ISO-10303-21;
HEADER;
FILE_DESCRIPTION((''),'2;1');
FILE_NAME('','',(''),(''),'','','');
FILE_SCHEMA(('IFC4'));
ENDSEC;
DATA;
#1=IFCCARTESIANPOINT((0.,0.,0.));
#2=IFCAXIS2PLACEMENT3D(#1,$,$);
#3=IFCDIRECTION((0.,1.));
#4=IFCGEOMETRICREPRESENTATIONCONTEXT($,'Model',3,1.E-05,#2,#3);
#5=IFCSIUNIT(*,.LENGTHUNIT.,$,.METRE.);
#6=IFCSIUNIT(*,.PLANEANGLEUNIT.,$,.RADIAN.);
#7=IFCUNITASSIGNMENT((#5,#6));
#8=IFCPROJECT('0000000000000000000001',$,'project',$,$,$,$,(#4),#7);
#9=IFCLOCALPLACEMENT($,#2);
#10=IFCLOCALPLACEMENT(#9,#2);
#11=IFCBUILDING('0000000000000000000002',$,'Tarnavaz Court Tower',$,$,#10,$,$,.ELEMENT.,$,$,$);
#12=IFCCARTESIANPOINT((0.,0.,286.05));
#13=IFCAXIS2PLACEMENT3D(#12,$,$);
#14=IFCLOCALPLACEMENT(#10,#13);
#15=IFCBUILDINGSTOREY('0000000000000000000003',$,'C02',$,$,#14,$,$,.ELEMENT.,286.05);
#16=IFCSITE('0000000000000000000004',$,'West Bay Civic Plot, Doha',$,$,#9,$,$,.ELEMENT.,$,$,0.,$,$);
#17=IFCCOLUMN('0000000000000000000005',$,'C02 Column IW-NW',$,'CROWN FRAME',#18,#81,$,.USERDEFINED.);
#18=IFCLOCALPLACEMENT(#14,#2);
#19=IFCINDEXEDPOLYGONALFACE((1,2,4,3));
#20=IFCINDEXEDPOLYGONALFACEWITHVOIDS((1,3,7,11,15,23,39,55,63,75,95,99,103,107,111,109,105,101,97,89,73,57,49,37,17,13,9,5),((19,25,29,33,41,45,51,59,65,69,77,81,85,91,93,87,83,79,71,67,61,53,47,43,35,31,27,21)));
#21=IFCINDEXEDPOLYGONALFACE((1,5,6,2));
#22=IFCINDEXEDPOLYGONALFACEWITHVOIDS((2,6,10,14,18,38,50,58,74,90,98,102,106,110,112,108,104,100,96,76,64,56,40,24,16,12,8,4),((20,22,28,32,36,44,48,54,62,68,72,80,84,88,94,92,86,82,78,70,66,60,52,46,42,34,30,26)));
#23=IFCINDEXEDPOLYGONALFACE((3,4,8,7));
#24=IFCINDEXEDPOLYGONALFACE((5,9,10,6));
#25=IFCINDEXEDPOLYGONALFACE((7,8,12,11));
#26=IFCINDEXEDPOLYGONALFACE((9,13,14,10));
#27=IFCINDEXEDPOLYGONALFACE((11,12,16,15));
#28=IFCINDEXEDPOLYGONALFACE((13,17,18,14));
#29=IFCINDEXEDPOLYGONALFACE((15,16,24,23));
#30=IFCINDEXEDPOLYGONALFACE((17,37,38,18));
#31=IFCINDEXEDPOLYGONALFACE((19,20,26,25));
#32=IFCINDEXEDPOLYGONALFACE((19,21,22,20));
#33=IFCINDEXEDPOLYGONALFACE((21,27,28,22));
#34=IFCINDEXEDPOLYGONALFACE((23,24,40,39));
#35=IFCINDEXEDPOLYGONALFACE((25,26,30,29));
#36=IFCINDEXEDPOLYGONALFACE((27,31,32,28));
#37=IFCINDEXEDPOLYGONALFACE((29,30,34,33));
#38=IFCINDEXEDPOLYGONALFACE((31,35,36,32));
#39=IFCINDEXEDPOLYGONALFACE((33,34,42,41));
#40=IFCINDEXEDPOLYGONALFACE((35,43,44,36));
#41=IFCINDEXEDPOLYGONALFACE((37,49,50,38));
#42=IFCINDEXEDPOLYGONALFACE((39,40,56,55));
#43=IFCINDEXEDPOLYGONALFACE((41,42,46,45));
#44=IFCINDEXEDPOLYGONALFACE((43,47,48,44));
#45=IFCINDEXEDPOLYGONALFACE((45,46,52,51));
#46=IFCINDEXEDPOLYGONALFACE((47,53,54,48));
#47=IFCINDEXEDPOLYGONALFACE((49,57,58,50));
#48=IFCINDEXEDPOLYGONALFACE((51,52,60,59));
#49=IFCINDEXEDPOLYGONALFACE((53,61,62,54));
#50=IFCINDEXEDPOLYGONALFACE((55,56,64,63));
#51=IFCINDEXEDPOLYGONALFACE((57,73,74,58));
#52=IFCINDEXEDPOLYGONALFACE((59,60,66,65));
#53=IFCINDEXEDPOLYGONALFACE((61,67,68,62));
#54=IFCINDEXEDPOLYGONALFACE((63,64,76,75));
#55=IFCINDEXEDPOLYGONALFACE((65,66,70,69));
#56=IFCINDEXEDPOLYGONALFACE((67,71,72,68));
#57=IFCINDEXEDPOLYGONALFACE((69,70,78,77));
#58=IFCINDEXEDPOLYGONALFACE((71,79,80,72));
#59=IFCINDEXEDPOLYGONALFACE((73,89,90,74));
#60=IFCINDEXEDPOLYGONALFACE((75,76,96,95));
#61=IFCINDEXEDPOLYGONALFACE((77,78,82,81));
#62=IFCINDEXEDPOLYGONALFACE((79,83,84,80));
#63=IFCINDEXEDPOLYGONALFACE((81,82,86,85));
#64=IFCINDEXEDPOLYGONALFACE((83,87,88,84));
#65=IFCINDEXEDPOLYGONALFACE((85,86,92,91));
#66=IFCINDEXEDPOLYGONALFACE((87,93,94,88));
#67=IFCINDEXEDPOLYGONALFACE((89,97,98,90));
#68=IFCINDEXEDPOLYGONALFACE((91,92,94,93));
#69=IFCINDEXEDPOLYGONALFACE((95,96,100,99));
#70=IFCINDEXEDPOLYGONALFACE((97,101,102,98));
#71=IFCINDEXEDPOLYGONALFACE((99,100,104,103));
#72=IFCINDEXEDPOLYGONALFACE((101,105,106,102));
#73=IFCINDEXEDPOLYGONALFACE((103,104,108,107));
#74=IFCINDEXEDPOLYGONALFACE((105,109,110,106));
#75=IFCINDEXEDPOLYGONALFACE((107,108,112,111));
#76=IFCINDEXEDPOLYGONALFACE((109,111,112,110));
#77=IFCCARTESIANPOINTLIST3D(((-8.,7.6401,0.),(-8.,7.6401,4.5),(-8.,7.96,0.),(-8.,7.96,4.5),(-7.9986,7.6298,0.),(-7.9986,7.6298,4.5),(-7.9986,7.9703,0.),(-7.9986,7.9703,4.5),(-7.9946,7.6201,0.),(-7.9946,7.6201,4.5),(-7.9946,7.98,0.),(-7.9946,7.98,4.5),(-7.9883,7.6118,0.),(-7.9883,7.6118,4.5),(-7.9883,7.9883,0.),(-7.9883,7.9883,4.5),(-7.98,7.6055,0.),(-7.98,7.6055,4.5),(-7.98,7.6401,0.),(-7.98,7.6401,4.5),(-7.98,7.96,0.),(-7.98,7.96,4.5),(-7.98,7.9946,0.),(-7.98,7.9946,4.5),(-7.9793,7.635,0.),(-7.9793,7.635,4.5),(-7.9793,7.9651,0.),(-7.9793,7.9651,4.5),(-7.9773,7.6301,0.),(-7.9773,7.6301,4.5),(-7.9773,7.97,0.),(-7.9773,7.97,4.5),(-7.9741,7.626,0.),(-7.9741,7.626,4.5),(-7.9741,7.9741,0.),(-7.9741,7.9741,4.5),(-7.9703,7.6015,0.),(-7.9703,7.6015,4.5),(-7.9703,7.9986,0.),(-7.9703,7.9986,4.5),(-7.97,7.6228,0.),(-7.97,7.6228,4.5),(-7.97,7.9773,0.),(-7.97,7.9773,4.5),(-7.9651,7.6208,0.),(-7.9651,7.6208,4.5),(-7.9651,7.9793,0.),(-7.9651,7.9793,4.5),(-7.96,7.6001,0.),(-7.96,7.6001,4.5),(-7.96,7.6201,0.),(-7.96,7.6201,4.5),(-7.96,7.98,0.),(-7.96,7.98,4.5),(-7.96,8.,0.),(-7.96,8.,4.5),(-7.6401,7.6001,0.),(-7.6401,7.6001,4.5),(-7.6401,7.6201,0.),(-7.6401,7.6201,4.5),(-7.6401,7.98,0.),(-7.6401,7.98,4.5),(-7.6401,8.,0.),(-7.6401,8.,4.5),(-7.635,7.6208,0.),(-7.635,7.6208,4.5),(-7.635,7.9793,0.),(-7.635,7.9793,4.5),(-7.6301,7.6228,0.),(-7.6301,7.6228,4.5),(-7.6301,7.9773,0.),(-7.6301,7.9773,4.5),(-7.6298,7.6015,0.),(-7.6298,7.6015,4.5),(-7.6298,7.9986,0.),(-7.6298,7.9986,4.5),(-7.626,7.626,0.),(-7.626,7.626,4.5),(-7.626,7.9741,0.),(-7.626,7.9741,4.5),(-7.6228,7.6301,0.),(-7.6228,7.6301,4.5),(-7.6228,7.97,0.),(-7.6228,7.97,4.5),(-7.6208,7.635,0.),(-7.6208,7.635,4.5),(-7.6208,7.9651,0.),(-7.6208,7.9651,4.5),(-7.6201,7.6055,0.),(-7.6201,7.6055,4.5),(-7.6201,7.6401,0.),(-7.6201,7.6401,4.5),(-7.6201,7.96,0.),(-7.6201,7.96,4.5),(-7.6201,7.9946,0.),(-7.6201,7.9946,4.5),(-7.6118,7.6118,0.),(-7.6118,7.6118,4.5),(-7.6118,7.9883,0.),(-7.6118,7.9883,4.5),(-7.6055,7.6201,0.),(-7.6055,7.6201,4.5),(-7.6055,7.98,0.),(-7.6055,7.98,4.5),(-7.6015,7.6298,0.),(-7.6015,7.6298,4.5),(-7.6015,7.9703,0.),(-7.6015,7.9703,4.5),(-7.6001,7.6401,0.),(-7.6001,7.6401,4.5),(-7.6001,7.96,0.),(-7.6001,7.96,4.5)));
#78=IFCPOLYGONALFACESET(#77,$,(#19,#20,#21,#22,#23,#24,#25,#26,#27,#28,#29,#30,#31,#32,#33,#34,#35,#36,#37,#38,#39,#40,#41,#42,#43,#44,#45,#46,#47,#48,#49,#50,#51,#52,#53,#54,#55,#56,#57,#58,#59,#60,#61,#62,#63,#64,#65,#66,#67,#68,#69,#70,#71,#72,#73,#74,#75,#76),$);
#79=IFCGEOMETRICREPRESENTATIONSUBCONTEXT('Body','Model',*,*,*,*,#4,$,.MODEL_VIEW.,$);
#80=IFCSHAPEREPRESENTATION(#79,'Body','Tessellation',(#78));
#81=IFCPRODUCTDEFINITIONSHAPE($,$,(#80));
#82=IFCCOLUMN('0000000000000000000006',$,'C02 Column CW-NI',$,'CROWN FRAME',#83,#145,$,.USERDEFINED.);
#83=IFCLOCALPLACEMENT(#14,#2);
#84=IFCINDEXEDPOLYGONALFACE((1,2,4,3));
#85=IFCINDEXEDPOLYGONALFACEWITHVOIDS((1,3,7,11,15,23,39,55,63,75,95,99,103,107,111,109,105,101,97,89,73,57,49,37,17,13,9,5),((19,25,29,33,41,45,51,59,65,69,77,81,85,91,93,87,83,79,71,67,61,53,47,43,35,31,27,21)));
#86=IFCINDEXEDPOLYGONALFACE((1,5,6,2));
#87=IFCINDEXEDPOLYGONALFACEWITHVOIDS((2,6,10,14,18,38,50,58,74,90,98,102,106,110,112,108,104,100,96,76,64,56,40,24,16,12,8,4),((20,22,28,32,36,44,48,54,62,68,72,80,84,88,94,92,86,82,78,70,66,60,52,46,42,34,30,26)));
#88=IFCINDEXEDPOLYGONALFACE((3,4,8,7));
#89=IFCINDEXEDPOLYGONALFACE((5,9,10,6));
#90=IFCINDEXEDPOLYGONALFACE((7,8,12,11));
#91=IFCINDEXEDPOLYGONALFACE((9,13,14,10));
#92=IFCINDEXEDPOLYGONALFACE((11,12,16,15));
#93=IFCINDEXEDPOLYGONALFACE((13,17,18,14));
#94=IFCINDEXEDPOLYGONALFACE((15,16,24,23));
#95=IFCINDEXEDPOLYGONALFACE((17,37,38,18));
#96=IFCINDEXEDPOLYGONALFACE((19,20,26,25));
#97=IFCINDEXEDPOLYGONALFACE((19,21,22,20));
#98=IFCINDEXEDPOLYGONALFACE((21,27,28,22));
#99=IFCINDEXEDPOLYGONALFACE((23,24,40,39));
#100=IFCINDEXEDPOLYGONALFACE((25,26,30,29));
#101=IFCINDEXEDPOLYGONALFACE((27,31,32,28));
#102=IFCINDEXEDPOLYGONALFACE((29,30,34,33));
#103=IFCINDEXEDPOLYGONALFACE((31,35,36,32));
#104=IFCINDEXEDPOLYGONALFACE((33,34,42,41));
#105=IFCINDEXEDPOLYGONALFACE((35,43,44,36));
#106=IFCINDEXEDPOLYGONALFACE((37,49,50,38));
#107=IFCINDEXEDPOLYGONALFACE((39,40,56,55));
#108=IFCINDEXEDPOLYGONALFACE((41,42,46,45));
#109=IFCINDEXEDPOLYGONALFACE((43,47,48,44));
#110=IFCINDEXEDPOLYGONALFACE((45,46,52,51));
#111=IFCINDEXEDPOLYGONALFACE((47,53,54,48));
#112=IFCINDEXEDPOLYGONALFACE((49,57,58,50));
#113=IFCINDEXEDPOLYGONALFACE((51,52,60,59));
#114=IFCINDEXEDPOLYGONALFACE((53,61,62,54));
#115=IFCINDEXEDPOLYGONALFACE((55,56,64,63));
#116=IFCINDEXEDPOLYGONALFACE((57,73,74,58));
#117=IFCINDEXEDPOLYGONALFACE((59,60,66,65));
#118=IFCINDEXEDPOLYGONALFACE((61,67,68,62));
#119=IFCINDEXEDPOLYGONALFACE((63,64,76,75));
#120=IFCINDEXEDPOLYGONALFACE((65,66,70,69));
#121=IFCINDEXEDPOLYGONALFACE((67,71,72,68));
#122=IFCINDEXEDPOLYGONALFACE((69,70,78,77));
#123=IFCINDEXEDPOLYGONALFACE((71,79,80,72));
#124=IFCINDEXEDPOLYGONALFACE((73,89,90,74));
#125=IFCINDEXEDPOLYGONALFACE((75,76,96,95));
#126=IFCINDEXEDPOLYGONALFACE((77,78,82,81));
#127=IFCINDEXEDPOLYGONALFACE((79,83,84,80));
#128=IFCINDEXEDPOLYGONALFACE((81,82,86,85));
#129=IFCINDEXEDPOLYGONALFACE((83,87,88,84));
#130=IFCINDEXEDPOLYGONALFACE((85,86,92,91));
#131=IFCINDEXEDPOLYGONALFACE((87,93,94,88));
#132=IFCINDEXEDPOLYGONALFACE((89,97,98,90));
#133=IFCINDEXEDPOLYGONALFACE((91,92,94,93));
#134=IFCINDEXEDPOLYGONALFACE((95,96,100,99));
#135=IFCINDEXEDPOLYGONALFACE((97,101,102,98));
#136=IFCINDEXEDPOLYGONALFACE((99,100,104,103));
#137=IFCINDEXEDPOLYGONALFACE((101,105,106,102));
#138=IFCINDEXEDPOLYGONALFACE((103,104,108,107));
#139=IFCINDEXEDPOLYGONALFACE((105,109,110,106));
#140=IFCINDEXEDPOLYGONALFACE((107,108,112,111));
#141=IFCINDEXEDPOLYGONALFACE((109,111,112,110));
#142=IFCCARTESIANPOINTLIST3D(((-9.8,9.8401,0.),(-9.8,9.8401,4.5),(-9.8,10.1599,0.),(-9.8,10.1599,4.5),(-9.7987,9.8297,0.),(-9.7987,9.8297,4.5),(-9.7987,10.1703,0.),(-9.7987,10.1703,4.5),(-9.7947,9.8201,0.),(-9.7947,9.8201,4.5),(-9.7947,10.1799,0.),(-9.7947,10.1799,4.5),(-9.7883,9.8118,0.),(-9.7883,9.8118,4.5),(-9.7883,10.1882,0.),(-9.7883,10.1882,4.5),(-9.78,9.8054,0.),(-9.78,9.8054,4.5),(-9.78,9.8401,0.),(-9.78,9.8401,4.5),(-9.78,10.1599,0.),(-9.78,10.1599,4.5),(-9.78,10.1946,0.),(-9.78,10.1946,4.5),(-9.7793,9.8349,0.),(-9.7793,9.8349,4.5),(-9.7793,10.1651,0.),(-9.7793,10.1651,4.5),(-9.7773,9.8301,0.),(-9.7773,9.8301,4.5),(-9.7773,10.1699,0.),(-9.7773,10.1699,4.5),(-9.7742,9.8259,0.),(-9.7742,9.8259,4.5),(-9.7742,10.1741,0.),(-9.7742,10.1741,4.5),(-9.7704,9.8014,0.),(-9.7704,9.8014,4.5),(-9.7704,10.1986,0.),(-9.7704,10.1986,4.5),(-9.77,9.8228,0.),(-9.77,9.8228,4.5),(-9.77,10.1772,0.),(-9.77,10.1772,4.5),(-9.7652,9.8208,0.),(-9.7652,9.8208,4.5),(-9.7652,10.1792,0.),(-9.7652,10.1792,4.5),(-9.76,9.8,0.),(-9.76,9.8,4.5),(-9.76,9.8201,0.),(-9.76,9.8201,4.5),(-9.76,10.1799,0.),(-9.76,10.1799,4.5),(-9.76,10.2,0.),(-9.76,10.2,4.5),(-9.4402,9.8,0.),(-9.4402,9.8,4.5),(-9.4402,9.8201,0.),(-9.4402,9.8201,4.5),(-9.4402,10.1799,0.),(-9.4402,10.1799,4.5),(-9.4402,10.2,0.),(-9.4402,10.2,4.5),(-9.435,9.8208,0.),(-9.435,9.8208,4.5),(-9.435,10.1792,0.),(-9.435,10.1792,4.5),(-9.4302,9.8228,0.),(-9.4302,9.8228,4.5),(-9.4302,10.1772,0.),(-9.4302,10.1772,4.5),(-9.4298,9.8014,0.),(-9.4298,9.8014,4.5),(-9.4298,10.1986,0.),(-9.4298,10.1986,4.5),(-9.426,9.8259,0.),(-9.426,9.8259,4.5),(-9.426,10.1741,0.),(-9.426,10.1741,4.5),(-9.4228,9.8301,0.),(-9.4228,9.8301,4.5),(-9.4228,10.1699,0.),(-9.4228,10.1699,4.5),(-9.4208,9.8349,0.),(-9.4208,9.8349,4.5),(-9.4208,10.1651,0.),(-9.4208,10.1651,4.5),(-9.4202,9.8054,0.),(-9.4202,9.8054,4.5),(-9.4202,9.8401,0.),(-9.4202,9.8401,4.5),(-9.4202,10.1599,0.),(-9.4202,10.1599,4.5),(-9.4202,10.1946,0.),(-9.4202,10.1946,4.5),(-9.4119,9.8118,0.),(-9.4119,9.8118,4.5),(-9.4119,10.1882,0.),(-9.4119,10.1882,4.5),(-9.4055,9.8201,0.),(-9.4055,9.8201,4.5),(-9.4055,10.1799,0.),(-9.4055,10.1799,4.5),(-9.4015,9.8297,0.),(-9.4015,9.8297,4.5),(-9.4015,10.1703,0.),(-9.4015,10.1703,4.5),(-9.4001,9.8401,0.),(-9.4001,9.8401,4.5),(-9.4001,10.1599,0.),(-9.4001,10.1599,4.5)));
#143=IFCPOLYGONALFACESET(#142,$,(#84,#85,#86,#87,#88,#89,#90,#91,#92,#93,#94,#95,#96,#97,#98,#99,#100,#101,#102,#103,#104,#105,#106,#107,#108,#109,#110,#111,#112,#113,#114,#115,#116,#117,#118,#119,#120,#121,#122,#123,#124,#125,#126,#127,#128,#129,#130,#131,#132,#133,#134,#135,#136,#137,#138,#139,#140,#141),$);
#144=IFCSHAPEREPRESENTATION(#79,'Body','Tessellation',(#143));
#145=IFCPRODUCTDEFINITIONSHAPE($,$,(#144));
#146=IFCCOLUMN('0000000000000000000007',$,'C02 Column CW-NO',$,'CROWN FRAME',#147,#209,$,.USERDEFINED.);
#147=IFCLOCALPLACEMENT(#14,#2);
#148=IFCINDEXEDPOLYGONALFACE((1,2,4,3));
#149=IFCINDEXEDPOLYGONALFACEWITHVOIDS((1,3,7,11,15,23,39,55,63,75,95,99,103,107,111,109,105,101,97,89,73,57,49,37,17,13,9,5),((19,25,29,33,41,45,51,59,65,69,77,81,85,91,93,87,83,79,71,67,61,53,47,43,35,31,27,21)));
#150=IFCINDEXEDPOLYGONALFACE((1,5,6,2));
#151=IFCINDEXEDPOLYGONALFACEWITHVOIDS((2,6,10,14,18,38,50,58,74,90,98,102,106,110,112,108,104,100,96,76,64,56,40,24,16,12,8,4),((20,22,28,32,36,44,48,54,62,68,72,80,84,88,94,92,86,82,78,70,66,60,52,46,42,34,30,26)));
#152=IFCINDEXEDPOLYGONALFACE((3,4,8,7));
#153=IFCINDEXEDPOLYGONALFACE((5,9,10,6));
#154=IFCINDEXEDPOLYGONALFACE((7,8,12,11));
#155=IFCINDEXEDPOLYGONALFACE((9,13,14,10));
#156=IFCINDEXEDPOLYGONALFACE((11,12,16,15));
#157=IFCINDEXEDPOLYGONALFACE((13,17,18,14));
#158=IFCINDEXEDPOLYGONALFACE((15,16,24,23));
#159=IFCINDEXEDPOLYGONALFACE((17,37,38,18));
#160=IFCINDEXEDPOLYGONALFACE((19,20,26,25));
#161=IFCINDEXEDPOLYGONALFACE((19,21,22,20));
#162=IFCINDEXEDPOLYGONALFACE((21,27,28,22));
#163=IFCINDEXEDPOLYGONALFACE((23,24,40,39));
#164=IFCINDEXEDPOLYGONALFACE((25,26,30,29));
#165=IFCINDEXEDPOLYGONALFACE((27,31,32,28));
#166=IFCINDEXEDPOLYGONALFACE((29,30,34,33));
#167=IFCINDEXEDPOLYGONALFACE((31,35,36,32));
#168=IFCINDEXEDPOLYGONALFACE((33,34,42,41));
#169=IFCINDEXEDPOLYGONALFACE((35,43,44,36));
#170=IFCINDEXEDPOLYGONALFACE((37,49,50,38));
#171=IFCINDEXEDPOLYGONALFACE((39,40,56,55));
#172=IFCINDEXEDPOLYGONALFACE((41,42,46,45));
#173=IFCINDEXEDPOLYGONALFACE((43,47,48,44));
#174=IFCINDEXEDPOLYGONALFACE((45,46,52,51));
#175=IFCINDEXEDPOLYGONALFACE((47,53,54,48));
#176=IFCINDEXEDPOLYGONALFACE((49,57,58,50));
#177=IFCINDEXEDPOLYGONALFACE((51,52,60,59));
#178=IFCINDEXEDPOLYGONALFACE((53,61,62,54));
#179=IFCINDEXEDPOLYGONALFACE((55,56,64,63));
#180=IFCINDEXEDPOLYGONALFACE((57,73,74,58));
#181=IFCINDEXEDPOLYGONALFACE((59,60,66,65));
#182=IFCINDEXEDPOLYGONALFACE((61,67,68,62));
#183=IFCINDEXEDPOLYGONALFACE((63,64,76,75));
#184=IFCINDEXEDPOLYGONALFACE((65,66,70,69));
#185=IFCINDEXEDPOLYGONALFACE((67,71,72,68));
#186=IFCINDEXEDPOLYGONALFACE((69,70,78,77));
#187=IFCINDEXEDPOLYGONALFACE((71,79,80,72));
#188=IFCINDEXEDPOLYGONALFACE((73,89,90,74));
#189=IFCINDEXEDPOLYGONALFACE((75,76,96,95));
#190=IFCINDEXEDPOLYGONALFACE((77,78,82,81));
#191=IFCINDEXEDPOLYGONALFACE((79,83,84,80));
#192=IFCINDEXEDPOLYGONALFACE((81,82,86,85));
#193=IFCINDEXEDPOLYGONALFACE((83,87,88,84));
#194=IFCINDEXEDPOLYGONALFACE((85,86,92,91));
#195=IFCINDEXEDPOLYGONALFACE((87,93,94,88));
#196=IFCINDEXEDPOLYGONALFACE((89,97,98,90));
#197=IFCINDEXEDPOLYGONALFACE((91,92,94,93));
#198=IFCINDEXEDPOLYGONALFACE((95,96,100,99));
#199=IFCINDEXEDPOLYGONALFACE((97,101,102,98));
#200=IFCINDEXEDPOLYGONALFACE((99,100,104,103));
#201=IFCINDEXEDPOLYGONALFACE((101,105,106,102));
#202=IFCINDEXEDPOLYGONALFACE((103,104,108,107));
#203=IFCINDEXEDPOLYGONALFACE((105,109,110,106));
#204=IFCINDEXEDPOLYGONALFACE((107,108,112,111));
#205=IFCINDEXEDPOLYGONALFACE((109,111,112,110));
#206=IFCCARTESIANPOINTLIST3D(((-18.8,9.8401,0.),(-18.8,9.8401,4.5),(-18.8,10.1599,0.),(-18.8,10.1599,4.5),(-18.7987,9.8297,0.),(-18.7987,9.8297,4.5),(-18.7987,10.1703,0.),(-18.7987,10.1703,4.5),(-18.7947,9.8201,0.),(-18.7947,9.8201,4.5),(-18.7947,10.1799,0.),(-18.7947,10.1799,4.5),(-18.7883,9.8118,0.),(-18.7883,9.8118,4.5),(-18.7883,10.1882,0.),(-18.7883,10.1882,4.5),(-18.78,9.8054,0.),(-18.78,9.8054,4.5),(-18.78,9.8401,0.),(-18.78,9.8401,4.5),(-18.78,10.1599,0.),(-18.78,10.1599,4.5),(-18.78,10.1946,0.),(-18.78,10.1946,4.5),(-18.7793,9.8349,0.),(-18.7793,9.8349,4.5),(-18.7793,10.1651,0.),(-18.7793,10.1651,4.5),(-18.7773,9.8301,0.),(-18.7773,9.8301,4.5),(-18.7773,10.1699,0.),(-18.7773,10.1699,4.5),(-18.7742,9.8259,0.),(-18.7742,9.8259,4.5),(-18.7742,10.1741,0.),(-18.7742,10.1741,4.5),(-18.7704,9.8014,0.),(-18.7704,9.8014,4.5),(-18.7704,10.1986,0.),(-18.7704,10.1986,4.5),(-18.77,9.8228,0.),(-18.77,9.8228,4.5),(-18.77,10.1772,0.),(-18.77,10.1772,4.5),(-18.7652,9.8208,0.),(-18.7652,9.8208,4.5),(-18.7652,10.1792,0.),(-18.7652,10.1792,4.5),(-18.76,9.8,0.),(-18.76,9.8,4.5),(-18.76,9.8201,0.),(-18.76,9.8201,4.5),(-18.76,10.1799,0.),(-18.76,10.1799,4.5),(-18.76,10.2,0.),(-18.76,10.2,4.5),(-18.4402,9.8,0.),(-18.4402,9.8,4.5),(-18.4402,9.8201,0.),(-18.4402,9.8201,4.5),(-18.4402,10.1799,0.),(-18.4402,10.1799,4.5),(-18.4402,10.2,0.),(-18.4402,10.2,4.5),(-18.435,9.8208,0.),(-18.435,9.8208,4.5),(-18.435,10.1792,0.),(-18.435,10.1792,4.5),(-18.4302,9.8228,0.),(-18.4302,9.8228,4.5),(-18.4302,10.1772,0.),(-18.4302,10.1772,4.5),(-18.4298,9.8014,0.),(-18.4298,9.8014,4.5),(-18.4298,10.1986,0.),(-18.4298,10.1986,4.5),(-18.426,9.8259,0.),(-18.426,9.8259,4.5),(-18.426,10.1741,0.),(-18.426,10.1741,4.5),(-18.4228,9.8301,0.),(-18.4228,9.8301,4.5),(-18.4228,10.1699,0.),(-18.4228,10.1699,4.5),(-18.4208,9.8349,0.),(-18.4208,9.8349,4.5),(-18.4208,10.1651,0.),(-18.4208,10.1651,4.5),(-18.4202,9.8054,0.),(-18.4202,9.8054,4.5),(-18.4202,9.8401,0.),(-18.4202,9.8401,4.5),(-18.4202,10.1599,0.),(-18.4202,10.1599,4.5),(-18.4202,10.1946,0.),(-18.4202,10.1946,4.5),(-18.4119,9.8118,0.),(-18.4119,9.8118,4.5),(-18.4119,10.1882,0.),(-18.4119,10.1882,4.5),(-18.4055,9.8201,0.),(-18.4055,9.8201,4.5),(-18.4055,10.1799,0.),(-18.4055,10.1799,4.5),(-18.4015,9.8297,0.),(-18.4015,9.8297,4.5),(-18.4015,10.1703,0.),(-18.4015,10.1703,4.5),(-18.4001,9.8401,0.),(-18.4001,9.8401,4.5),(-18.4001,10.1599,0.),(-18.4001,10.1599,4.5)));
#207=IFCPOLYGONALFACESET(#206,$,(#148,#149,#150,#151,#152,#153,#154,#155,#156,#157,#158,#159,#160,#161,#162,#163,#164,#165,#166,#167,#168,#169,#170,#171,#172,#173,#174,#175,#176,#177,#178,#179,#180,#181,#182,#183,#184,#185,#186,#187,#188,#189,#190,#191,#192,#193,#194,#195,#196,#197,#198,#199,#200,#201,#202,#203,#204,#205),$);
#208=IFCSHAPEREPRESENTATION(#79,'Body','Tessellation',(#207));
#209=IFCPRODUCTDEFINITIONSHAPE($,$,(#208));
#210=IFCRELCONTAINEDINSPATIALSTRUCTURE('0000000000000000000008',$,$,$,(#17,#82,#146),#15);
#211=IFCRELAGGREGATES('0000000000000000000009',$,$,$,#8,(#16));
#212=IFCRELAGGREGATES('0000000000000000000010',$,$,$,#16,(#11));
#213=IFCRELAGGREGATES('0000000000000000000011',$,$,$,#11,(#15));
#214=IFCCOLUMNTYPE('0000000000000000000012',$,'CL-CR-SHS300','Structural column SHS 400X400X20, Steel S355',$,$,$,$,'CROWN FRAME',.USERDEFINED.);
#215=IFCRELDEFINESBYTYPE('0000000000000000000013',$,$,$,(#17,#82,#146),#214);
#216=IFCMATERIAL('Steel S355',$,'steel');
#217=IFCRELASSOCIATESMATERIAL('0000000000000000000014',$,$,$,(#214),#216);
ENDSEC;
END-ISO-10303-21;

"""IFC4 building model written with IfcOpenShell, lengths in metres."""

from ifc_helpers import new_model, si_unit, direction, frame, origin, origin_2d, place, context, subcontext, project, spatial, hollow_rectangle, extrude, material, material_profile, profile_set, type_object, element, save


model = new_model("IFC4")

# Units and contexts
model_context = context("Model", 3, precision=1e-05, world=origin(), true_north=direction((0.0, 1.0)))
body_context = subcontext(model_context, "Body", "Model", "MODEL_VIEW")
ifc_project = project(units=[si_unit("LENGTHUNIT", "METRE"), si_unit("PLANEANGLEUNIT", "RADIAN")], contexts=[model_context])

# Site, building, storey
site_placement = place(None, origin())
site = spatial("IfcSite", under=ifc_project, at=site_placement, Name="West Bay Civic Plot, Doha", CompositionType="ELEMENT", RefElevation=0.0)
building_placement = place(site_placement, origin())
building = spatial("IfcBuilding", under=site, at=building_placement, Name="Tarnavaz Court Tower", CompositionType="ELEMENT")
storey_placement = place(building_placement, frame((0.0, 0.0, 286.05)))
storey = spatial("IfcBuildingStorey", under=building, at=storey_placement, Name="C02", CompositionType="ELEMENT", Elevation=286.05)

# Columns
ifc_material_1 = material(Name="Steel S355", Category="steel")
ifc_material_profile_1 = material_profile(ifc_material_1, hollow_rectangle(XDim=0.3999, YDim=0.3999, WallThickness=0.02, InnerFilletRadius=0.02, OuterFilletRadius=0.04, at=origin_2d()), Name="SHS 400X400X20")
ifc_profile_set_1 = profile_set([ifc_material_profile_1], Name="Steel S355")
column_type = type_object("IfcColumnType", Name="CL-CR-SHS300", Description="Structural column SHS 400X400X20, Steel S355", ElementType="CROWN FRAME", PredefinedType="USERDEFINED", material=ifc_profile_set_1)
for number, where, z_axis, x_axis, name in (
    (1, (-7.8, 7.8, 0.0), (0.0, 0.0, 1.0), (1.0, 0.0, 0.0), "C02 Column IW-NW"),
    (2, (-9.6001, 10.0, 0.0), (0.0, 0.0, 1.0), (1.0, 0.0, 0.0), "C02 Column CW-NI"),
    (3, (-18.6001, 10.0, 0.0), (0.0, 0.0, 1.0), (1.0, 0.0, 0.0), "C02 Column CW-NO"),
):
    element("IfcColumn", number, at=place(storey_placement, frame(where, z_axis=z_axis, x_axis=x_axis)), inside=storey, type_object=column_type, Name=name, ObjectType="CROWN FRAME", PredefinedType="USERDEFINED", context=body_context, shape_type="SweptSolid", body=[
        extrude(hollow_rectangle(XDim=0.3999, YDim=0.3999, WallThickness=0.02, InnerFilletRadius=0.02, OuterFilletRadius=0.04, at=origin_2d()), origin(), (0.0, 0.0, 1.0), 4.5),
    ])

save(model, "model.ifc")
